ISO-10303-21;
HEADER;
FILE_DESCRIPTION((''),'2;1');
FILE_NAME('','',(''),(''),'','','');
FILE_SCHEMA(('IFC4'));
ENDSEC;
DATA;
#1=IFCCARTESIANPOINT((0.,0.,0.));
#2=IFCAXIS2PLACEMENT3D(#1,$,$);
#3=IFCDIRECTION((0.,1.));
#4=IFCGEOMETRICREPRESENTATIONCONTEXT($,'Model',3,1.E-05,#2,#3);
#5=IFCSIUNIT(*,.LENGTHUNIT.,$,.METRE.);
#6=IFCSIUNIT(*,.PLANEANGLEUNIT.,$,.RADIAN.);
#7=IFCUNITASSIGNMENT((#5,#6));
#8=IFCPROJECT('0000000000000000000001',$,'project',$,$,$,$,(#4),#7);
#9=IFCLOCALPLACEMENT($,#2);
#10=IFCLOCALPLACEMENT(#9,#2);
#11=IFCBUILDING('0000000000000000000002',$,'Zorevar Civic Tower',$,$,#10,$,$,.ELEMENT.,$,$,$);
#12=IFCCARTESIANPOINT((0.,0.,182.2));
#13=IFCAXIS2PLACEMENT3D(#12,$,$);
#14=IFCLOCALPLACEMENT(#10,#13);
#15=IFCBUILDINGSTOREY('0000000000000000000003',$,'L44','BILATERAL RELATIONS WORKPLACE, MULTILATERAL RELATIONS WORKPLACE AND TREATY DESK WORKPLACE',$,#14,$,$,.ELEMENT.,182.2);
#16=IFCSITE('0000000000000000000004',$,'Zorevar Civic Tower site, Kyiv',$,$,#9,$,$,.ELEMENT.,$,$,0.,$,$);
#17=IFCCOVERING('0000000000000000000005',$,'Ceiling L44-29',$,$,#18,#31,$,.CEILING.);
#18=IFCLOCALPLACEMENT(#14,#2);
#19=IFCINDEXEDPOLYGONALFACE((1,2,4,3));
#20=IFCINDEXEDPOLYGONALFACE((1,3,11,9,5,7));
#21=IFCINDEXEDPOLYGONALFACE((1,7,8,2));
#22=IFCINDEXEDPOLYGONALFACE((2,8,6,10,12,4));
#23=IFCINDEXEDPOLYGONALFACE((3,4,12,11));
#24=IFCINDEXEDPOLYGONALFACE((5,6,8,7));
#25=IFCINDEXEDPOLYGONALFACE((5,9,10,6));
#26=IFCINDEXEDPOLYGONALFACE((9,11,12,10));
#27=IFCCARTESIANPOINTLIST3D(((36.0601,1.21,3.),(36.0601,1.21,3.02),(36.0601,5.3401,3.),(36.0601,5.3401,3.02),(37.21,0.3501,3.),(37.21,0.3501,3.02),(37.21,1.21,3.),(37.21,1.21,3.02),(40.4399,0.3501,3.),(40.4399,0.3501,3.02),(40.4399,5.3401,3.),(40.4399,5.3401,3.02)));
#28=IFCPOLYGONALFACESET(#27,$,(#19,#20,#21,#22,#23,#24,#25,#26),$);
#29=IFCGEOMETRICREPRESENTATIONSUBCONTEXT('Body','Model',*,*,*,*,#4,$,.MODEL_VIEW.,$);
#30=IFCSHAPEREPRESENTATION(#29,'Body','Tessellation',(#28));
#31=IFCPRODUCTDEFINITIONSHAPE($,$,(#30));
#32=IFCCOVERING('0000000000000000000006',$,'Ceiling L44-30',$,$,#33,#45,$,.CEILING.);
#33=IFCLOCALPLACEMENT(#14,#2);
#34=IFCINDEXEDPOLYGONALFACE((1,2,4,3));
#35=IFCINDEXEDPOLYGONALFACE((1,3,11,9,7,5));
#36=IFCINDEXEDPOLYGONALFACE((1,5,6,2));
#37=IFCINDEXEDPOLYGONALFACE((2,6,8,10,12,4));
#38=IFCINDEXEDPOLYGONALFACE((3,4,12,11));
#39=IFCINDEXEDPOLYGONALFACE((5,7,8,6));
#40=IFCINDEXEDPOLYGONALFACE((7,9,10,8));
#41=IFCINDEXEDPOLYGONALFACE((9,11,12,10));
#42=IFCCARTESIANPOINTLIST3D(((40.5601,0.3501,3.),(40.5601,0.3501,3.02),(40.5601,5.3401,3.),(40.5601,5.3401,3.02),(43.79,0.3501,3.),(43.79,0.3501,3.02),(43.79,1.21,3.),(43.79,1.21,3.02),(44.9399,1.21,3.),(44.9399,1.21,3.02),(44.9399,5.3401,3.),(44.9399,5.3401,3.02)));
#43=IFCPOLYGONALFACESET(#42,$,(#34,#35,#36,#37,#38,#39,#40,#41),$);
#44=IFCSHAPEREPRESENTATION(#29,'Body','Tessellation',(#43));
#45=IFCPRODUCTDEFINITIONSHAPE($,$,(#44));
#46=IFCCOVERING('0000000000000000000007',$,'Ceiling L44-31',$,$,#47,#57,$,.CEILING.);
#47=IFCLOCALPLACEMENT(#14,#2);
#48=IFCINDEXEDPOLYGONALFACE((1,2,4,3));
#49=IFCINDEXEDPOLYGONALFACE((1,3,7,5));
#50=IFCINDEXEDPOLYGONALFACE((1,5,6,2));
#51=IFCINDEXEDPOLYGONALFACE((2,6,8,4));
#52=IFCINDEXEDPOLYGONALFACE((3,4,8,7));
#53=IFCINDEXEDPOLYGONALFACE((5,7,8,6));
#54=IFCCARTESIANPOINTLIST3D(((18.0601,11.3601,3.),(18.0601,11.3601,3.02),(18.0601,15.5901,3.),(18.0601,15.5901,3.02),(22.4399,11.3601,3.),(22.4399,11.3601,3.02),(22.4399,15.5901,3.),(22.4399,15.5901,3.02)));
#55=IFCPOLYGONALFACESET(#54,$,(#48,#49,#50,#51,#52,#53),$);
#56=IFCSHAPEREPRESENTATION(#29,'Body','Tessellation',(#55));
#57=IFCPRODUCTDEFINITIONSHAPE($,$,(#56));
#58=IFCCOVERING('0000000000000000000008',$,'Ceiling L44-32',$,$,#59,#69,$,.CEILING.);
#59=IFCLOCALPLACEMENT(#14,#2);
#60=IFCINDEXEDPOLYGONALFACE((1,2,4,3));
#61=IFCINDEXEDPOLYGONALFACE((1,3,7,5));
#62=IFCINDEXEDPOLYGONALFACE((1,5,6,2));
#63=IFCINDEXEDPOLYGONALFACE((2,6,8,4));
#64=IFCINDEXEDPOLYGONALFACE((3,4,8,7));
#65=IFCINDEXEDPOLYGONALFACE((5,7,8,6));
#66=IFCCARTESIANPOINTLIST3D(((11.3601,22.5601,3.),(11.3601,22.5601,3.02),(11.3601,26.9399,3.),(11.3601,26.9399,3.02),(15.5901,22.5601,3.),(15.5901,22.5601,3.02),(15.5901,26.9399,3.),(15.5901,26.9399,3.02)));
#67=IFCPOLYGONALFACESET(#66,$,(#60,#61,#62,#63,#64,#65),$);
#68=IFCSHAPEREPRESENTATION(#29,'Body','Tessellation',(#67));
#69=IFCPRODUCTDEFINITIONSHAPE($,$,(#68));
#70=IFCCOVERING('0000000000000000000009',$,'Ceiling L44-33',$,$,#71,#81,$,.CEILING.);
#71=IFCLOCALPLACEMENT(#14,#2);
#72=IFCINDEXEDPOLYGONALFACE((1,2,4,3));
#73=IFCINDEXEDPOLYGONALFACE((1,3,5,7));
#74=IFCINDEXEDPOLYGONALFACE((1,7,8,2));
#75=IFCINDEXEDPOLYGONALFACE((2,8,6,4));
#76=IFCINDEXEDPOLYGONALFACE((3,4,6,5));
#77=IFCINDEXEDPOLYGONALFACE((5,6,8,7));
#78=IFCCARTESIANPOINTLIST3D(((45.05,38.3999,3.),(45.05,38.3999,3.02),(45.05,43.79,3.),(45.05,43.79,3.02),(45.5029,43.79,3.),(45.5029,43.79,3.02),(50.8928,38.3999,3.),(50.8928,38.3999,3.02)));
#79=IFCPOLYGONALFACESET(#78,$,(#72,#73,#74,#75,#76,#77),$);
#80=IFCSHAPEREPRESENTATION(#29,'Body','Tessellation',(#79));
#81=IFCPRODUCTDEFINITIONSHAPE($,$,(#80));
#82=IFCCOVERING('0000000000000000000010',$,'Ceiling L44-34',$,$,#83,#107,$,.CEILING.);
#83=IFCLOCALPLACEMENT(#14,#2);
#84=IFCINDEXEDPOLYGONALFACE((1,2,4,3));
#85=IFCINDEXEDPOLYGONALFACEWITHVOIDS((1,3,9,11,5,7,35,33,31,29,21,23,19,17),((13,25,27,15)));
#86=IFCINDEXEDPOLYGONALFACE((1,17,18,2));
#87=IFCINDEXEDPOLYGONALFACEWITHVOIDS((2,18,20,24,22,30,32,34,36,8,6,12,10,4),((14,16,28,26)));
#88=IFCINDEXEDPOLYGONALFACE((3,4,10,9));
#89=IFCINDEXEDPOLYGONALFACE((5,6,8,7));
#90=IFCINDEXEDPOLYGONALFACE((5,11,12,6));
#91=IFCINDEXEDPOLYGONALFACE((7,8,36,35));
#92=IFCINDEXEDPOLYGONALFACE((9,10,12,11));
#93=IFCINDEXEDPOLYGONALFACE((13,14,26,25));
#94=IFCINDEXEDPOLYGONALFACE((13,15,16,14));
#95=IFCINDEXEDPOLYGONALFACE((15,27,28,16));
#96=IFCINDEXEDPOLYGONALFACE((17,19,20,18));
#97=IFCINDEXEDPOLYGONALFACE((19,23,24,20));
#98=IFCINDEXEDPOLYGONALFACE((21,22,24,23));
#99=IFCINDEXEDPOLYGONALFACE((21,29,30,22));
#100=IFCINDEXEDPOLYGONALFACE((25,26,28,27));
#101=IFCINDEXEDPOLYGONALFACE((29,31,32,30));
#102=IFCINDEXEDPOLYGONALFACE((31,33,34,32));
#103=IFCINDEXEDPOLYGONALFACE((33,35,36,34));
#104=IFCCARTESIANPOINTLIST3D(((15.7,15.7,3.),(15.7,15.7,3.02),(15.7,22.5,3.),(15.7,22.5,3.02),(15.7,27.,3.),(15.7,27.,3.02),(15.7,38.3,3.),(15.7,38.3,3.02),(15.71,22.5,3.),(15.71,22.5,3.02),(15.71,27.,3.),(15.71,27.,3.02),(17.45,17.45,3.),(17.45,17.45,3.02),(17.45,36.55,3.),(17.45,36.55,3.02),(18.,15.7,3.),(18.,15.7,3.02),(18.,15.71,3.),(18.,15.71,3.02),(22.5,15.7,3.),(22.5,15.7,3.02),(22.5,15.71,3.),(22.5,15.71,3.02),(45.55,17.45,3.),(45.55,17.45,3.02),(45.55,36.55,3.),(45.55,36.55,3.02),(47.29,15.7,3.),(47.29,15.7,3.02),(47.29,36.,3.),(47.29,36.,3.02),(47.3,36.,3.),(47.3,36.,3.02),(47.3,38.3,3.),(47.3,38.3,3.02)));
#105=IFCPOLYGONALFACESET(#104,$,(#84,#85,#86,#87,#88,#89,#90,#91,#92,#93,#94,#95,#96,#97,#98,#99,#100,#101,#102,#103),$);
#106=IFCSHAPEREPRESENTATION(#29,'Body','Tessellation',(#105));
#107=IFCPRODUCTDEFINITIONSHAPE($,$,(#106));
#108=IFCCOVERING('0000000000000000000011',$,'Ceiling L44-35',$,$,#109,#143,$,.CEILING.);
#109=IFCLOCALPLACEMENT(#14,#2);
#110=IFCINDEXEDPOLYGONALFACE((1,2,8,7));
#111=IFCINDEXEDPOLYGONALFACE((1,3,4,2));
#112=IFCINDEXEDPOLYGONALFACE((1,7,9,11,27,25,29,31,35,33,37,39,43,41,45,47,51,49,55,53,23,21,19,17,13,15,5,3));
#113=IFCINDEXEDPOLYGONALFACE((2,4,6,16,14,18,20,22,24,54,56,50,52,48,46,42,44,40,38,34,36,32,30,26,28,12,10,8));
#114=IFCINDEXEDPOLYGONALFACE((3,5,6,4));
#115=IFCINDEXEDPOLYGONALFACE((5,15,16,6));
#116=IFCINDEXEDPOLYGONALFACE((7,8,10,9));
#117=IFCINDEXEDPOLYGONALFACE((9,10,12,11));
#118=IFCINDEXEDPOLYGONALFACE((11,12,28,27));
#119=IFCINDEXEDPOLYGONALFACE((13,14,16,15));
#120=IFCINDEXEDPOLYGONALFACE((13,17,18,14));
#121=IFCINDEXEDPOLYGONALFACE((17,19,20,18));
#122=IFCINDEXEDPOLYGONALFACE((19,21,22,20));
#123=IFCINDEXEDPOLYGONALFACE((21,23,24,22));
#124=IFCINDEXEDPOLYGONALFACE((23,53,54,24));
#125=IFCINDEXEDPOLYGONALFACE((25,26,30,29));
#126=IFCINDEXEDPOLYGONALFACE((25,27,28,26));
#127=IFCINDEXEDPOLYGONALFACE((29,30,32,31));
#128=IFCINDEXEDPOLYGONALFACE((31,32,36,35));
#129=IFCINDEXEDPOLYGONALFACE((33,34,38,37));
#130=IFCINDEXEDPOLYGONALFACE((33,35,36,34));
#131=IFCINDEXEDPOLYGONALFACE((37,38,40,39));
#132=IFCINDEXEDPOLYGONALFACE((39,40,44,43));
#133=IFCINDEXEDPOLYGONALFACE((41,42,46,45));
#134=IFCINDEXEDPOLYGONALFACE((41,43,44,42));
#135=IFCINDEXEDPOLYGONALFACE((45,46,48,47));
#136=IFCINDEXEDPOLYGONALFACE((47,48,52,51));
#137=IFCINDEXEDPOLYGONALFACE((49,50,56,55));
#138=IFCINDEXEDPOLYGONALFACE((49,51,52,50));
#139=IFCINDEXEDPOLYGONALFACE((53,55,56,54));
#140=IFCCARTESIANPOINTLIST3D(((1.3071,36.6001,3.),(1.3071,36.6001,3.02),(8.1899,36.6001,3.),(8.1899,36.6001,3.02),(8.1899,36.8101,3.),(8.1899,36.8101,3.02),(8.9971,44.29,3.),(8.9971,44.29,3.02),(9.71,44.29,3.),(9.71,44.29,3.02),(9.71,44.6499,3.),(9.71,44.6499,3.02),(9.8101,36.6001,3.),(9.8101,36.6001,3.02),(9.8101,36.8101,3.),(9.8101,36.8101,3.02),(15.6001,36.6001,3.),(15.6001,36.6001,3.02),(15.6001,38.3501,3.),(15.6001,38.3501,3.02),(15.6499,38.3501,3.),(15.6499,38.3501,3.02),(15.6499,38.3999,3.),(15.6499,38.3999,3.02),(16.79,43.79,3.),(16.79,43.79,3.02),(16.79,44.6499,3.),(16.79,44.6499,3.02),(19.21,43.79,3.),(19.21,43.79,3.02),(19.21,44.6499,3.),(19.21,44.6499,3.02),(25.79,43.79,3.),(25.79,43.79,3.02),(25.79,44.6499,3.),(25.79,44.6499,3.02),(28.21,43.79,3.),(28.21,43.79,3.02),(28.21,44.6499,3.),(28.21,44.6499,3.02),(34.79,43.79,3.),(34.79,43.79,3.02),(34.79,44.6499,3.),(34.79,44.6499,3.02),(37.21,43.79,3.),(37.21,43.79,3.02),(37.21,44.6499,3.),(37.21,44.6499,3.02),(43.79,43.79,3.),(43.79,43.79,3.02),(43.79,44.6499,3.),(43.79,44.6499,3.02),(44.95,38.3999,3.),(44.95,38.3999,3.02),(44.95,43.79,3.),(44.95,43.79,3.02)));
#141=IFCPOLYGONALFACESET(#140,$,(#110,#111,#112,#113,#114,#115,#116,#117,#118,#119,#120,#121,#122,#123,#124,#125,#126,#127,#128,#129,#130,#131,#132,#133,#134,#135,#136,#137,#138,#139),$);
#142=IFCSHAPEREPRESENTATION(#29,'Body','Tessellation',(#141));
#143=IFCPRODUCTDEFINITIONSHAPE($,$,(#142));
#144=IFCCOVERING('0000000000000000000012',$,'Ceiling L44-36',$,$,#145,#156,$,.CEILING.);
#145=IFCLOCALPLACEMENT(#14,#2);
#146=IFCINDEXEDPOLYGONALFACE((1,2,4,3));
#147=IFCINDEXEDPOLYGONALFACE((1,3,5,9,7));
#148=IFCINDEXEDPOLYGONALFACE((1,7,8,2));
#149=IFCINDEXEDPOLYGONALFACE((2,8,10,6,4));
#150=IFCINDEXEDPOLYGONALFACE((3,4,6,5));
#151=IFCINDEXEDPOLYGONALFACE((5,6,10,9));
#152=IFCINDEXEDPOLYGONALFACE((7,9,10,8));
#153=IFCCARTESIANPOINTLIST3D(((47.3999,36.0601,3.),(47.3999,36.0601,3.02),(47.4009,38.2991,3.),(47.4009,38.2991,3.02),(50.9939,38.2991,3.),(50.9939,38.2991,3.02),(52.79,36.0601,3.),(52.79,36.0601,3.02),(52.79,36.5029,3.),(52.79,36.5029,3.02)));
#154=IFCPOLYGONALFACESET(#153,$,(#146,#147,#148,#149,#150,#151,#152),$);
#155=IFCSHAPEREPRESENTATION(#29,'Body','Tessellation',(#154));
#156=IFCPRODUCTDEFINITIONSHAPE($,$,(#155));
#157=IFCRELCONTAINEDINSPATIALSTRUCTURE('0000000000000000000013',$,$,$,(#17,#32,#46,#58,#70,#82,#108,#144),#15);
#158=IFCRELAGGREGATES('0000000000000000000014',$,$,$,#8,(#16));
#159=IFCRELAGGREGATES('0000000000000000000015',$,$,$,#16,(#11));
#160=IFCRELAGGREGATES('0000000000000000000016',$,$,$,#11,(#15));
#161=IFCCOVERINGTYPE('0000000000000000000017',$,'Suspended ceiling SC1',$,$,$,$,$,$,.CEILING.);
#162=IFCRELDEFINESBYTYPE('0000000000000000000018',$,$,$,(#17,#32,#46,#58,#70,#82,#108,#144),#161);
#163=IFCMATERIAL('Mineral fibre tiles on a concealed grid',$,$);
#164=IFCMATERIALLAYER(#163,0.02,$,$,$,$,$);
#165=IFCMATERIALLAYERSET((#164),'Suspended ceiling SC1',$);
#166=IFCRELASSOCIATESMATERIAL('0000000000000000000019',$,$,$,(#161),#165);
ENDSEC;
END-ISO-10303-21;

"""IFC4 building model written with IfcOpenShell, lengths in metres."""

from ifc_helpers import new_model, si_unit, direction, frame, origin, place, context, subcontext, project, spatial, polyline, outline, extrude, material, layer, layer_set, type_object, element, save


model = new_model("IFC4")

# Units and contexts
model_context = context("Model", 3, precision=1e-05, world=origin(), true_north=direction((0.0, 1.0)))
body_context = subcontext(model_context, "Body", "Model", "MODEL_VIEW")
ifc_project = project(units=[si_unit("LENGTHUNIT", "METRE"), si_unit("PLANEANGLEUNIT", "RADIAN")], contexts=[model_context])

# Site, building, storey
site_placement = place(None, origin())
site = spatial("IfcSite", under=ifc_project, at=site_placement, Name="Zorevar Civic Tower site, Kyiv", CompositionType="ELEMENT", RefElevation=0.0)
building_placement = place(site_placement, origin())
building = spatial("IfcBuilding", under=site, at=building_placement, Name="Zorevar Civic Tower", CompositionType="ELEMENT")
storey_placement = place(building_placement, frame((0.0, 0.0, 182.2)))
storey = spatial("IfcBuildingStorey", under=building, at=storey_placement, Name="L44", Description="BILATERAL RELATIONS WORKPLACE, MULTILATERAL RELATIONS WORKPLACE AND TREATY DESK WORKPLACE", CompositionType="ELEMENT", Elevation=182.2)

# Coverings
ifc_material_1 = material(Name="Mineral fibre tiles on a concealed grid")
ifc_layer_1 = layer(ifc_material_1, 0.02)
ifc_layer_set_1 = layer_set([ifc_layer_1], Name="Suspended ceiling SC1")
covering_type_1 = type_object("IfcCoveringType", Name="Suspended ceiling SC1", PredefinedType="CEILING", material=ifc_layer_set_1)
covering_1_placement = place(storey_placement, frame((0.0, 0.0, 3.0)))
element("IfcCovering", 1, at=covering_1_placement, inside=storey, type_object=covering_type_1, Name="Ceiling L44-29", PredefinedType="CEILING", context=body_context, shape_type="SweptSolid", body=[
    extrude(outline(polyline([(40.4399, 5.3401), (40.4399, 0.3501), (37.21, 0.3501), (37.21, 1.21), (36.0601, 1.21), (36.0601, 5.3401), (40.4399, 5.3401)])), origin(), (0.0, 0.0, 1.0), 0.02),
])
covering_2_placement = place(storey_placement, frame((0.0, 0.0, 3.0)))
element("IfcCovering", 2, at=covering_2_placement, inside=storey, type_object=covering_type_1, Name="Ceiling L44-30", PredefinedType="CEILING", context=body_context, shape_type="SweptSolid", body=[
    extrude(outline(polyline([(44.9399, 5.3401), (44.9399, 1.21), (43.79, 1.21), (43.79, 0.3501), (40.5601, 0.3501), (40.5601, 5.3401), (44.9399, 5.3401)])), origin(), (0.0, 0.0, 1.0), 0.02),
])
covering_3_placement = place(storey_placement, frame((0.0, 0.0, 3.0)))
element("IfcCovering", 3, at=covering_3_placement, inside=storey, type_object=covering_type_1, Name="Ceiling L44-31", PredefinedType="CEILING", context=body_context, shape_type="SweptSolid", body=[
    extrude(outline(polyline([(18.0601, 15.5901), (22.4399, 15.5901), (22.4399, 11.3601), (18.0601, 11.3601), (18.0601, 15.5901)])), origin(), (0.0, 0.0, 1.0), 0.02),
])
covering_4_placement = place(storey_placement, frame((0.0, 0.0, 3.0)))
element("IfcCovering", 4, at=covering_4_placement, inside=storey, type_object=covering_type_1, Name="Ceiling L44-32", PredefinedType="CEILING", context=body_context, shape_type="SweptSolid", body=[
    extrude(outline(polyline([(15.5901, 22.5601), (11.3601, 22.5601), (11.3601, 26.9399), (15.5901, 26.9399), (15.5901, 22.5601)])), origin(), (0.0, 0.0, 1.0), 0.02),
])
covering_5_placement = place(storey_placement, frame((0.0, 0.0, 3.0)))
element("IfcCovering", 5, at=covering_5_placement, inside=storey, type_object=covering_type_1, Name="Ceiling L44-33", PredefinedType="CEILING", context=body_context, shape_type="SweptSolid", body=[
    extrude(outline(polyline([(45.05, 38.3999), (45.05, 43.79), (45.5029, 43.79), (50.8928, 38.3999), (45.05, 38.3999)])), origin(), (0.0, 0.0, 1.0), 0.02),
])
covering_6_placement = place(storey_placement, frame((0.0, 0.0, 3.0)))
element("IfcCovering", 6, at=covering_6_placement, inside=storey, type_object=covering_type_1, Name="Ceiling L44-34", PredefinedType="CEILING", context=body_context, shape_type="SweptSolid", body=[
    extrude(outline(polyline([(15.7, 38.3), (47.3, 38.3), (47.3, 36.0), (47.29, 36.0), (47.29, 15.7), (22.5, 15.7), (22.5, 15.71), (18.0, 15.71), (18.0, 15.7), (15.7, 15.7), (15.7, 22.5), (15.71, 22.5), (15.71, 27.0), (15.7, 27.0), (15.7, 38.3)]), holes=[polyline([(45.55, 36.55), (17.45, 36.55), (17.45, 17.45), (45.55, 17.45), (45.55, 36.55)])]), origin(), (0.0, 0.0, 1.0), 0.02),
])
covering_7_placement = place(storey_placement, frame((0.0, 0.0, 3.0)))
element("IfcCovering", 7, at=covering_7_placement, inside=storey, type_object=covering_type_1, Name="Ceiling L44-35", PredefinedType="CEILING", context=body_context, shape_type="SweptSolid", body=[
    extrude(outline(polyline([(16.79, 43.79), (19.21, 43.79), (19.21, 44.6499), (25.79, 44.6499), (25.79, 43.79), (28.21, 43.79), (28.21, 44.6499), (34.79, 44.6499), (34.79, 43.79), (37.21, 43.79), (37.21, 44.6499), (43.79, 44.6499), (43.79, 43.79), (44.95, 43.79), (44.95, 38.3999), (15.6499, 38.3999), (15.6499, 38.3501), (15.6001, 38.3501), (15.6001, 36.6001), (9.8101, 36.6001), (9.8101, 36.8101), (8.1899, 36.8101), (8.1899, 36.6001), (1.3071, 36.6001), (8.9971, 44.29), (9.71, 44.29), (9.71, 44.6499), (16.79, 44.6499), (16.79, 43.79)])), origin(), (0.0, 0.0, 1.0), 0.02),
])
covering_8_placement = place(storey_placement, frame((0.0, 0.0, 3.0)))
element("IfcCovering", 8, at=covering_8_placement, inside=storey, type_object=covering_type_1, Name="Ceiling L44-36", PredefinedType="CEILING", context=body_context, shape_type="SweptSolid", body=[
    extrude(outline(polyline([(50.9939, 38.2991), (52.79, 36.5029), (52.79, 36.0601), (47.3999, 36.0601), (47.4009, 38.2991), (50.9939, 38.2991)])), origin(), (0.0, 0.0, 1.0), 0.02),
])

save(model, "model.ifc")
